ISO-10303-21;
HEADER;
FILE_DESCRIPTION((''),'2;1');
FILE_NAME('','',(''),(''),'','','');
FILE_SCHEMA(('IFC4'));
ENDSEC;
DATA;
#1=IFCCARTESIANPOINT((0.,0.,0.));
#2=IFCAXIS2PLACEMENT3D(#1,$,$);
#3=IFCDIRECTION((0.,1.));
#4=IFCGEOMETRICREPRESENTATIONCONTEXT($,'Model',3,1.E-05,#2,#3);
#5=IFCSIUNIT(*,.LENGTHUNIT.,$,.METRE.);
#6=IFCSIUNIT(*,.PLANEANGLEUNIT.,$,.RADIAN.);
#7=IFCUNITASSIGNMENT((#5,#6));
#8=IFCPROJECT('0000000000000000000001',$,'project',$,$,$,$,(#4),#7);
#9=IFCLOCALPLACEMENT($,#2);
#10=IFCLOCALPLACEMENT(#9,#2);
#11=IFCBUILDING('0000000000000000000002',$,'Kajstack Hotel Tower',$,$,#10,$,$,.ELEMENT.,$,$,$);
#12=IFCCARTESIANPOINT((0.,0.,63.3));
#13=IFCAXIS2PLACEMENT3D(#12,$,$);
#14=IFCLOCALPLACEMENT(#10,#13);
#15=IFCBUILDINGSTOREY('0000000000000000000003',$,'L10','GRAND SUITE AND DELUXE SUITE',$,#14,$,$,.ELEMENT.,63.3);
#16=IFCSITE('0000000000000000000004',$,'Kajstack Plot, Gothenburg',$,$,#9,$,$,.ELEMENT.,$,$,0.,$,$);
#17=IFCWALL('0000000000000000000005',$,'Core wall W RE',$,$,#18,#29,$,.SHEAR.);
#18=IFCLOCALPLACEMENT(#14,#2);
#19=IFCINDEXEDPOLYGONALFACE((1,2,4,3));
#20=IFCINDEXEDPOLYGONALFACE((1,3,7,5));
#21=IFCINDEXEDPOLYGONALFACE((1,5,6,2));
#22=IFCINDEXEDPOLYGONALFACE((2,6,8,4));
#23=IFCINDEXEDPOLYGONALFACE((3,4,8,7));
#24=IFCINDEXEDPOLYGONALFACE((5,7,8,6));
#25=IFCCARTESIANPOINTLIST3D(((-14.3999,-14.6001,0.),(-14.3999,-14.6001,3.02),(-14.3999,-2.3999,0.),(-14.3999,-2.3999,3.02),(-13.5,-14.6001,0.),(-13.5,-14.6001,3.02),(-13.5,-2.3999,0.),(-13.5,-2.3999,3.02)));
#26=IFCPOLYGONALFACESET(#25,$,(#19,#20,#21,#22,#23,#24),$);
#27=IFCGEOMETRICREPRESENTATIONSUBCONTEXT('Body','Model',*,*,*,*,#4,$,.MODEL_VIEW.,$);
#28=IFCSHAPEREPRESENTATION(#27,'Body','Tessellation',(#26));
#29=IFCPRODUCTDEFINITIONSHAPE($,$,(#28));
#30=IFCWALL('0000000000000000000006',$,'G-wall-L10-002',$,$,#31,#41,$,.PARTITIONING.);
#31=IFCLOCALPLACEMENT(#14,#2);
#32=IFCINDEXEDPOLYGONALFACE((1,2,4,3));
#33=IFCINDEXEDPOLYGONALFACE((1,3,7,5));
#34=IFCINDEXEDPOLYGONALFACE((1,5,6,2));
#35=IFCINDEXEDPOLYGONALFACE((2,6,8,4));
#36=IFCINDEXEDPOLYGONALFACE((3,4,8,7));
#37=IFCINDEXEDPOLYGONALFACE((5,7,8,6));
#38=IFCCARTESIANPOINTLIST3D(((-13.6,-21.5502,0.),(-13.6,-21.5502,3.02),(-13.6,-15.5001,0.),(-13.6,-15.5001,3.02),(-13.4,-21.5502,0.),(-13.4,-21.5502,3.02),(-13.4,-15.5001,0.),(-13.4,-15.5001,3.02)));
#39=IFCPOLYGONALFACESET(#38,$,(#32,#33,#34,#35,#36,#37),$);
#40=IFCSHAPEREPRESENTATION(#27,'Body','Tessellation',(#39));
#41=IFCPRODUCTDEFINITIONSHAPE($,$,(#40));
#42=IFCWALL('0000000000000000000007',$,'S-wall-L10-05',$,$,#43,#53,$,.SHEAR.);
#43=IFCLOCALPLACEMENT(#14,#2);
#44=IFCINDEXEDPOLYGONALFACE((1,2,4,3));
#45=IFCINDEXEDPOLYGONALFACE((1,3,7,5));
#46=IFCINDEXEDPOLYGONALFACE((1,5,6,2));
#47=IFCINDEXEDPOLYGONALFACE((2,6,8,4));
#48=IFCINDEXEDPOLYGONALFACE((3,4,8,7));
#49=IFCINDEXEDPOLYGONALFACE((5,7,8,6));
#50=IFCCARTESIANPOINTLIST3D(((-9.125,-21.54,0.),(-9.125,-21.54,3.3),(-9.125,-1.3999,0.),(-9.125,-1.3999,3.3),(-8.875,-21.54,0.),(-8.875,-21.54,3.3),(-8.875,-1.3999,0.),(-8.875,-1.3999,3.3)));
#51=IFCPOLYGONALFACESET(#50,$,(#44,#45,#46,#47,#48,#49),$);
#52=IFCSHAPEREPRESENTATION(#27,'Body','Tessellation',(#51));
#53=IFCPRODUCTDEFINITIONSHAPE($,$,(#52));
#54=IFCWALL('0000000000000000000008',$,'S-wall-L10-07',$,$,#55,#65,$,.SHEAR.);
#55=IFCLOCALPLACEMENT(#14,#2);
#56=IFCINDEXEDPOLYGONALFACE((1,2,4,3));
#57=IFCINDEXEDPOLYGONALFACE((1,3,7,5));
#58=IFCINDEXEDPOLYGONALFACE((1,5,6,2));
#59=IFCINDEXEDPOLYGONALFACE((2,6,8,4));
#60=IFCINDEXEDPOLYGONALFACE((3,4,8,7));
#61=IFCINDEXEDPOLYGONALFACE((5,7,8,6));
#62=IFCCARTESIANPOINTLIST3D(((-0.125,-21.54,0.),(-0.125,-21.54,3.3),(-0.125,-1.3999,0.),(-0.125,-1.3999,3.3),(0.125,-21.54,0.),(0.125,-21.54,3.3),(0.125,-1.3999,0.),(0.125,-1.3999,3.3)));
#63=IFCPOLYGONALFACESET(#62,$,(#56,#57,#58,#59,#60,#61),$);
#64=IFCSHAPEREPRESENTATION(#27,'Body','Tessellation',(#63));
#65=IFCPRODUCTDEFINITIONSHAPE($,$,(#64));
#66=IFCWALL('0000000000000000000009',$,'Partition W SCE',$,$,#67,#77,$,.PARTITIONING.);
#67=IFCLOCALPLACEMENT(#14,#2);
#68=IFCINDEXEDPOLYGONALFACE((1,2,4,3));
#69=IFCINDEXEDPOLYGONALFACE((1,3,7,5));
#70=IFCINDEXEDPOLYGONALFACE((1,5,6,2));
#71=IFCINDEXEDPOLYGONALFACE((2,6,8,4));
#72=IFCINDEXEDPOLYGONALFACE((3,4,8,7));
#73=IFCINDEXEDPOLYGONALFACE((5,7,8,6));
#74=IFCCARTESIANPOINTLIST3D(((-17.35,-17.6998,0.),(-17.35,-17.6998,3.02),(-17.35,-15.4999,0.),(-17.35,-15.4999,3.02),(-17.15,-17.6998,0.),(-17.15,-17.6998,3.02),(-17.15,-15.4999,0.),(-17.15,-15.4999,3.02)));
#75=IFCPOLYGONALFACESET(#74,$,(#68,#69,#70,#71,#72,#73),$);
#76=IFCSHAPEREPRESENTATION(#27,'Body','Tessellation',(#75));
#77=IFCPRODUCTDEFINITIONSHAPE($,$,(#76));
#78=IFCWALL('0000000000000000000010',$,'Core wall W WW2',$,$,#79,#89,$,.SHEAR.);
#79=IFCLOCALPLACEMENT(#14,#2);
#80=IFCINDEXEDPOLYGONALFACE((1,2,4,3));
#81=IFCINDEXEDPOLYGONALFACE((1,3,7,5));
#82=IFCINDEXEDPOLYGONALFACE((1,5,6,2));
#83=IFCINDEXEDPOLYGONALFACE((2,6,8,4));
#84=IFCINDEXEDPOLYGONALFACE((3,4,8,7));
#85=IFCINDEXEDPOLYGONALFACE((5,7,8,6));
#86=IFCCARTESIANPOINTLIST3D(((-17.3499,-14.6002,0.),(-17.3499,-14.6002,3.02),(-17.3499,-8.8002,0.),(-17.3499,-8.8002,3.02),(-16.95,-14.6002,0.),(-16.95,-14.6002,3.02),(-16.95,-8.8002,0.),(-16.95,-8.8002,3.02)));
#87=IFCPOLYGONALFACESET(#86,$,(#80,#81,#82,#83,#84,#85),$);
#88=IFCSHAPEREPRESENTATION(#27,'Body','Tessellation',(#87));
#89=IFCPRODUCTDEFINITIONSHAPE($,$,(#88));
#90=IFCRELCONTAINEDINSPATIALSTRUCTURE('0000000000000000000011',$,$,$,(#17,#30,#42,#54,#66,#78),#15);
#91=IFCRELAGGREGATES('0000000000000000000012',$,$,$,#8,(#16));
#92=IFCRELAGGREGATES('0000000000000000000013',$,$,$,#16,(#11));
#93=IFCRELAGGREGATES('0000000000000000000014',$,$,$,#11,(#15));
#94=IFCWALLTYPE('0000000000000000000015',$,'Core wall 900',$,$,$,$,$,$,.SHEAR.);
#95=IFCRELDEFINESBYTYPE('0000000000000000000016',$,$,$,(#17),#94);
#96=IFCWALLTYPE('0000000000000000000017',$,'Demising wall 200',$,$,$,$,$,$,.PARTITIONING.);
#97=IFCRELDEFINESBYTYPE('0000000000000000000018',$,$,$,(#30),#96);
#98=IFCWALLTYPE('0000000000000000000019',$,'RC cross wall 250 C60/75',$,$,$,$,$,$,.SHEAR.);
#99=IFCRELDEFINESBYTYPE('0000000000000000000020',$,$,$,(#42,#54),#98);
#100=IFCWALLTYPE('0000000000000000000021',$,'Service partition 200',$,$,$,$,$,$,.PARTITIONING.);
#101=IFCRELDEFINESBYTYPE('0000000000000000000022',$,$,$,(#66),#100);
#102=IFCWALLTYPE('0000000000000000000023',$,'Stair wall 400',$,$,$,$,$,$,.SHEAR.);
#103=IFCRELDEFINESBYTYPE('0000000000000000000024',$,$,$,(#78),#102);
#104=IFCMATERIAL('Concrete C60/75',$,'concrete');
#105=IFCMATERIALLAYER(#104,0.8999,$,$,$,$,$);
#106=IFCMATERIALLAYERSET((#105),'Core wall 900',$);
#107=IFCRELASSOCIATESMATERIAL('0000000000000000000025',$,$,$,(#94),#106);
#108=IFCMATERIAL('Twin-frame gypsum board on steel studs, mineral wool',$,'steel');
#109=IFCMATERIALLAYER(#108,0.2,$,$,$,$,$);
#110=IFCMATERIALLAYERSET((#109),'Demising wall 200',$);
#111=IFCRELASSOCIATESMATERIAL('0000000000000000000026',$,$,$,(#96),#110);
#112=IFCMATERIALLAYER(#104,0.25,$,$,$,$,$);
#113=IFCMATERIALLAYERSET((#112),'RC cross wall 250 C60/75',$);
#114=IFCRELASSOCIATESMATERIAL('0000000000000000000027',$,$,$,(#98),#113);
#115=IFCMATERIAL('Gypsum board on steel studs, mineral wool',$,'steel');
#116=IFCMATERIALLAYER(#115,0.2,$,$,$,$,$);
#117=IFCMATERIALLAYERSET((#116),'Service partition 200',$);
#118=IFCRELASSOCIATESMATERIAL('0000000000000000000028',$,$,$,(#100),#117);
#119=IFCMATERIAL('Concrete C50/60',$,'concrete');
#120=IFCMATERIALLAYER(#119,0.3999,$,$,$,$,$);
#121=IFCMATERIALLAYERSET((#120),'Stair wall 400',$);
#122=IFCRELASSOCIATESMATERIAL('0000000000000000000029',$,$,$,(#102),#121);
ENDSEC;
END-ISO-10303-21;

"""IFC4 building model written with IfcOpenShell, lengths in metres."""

from ifc_helpers import new_model, si_unit, direction, frame, frame_2d, origin, place, context, subcontext, project, spatial, rectangle, extrude, material, layer, layer_set, type_object, element, save


model = new_model("IFC4")

# Units and contexts
model_context = context("Model", 3, precision=1e-05, world=origin(), true_north=direction((0.0, 1.0)))
body_context = subcontext(model_context, "Body", "Model", "MODEL_VIEW")
ifc_project = project(units=[si_unit("LENGTHUNIT", "METRE"), si_unit("PLANEANGLEUNIT", "RADIAN")], contexts=[model_context])

# Site, building, storey
site_placement = place(None, origin())
site = spatial("IfcSite", under=ifc_project, at=site_placement, Name="Kajstack Plot, Gothenburg", CompositionType="ELEMENT", RefElevation=0.0)
building_placement = place(site_placement, origin())
building = spatial("IfcBuilding", under=site, at=building_placement, Name="Kajstack Hotel Tower", CompositionType="ELEMENT")
storey_placement = place(building_placement, frame((0.0, 0.0, 63.3)))
storey = spatial("IfcBuildingStorey", under=building, at=storey_placement, Name="L10", Description="GRAND SUITE AND DELUXE SUITE", CompositionType="ELEMENT", Elevation=63.3)

# Walls
ifc_material_1 = material(Name="Concrete C60/75", Category="concrete")
ifc_layer_1 = layer(ifc_material_1, 0.8999)
ifc_layer_set_1 = layer_set([ifc_layer_1], Name="Core wall 900")
wall_type_1 = type_object("IfcWallType", Name="Core wall 900", PredefinedType="SHEAR", material=ifc_layer_set_1)
wall_1_placement = place(storey_placement, frame((-13.95, -14.6001, 0.0), z_axis=(0.0, 0.0, 1.0), x_axis=(0.0, 1.0, 0.0)))
element("IfcWall", 1, at=wall_1_placement, inside=storey, type_object=wall_type_1, Name="Core wall W RE", PredefinedType="SHEAR", context=body_context, shape_type="SweptSolid", body=[
    extrude(rectangle(XDim=12.2002, YDim=0.8999, at=frame_2d((6.1001, 0.0))), origin(), (0.0, 0.0, 1.0), 3.02),
])
ifc_material_2 = material(Name="Twin-frame gypsum board on steel studs, mineral wool", Category="steel")
ifc_layer_2 = layer(ifc_material_2, 0.2)
ifc_layer_set_2 = layer_set([ifc_layer_2], Name="Demising wall 200")
wall_type_2 = type_object("IfcWallType", Name="Demising wall 200", PredefinedType="PARTITIONING", material=ifc_layer_set_2)
wall_2_placement = place(storey_placement, frame((-13.5, -21.55, 0.0), z_axis=(0.0, 0.0, 1.0), x_axis=(0.0, 1.0, 0.0)))
element("IfcWall", 2, at=wall_2_placement, inside=storey, type_object=wall_type_2, Name="G-wall-L10-002", PredefinedType="PARTITIONING", context=body_context, shape_type="SweptSolid", body=[
    extrude(rectangle(XDim=6.05, YDim=0.2, at=frame_2d((3.0249, 0.0))), origin(), (0.0, 0.0, 1.0), 3.02),
])

# Walls
ifc_layer_3 = layer(ifc_material_1, 0.25)
ifc_layer_set_3 = layer_set([ifc_layer_3], Name="RC cross wall 250 C60/75")
wall_type_3 = type_object("IfcWallType", Name="RC cross wall 250 C60/75", PredefinedType="SHEAR", material=ifc_layer_set_3)
for number, where, z_axis, x_axis, name in (
    (3, (-9.0, -21.54, 0.0), (0.0, 0.0, 1.0), (0.0, 1.0, 0.0), "S-wall-L10-05"),
    (4, (0.0, -21.54, 0.0), (0.0, 0.0, 1.0), (0.0, 1.0, 0.0), "S-wall-L10-07"),
):
    element("IfcWall", number, at=place(storey_placement, frame(where, z_axis=z_axis, x_axis=x_axis)), inside=storey, type_object=wall_type_3, Name=name, PredefinedType="SHEAR", context=body_context, shape_type="SweptSolid", body=[
        extrude(rectangle(XDim=20.1401, YDim=0.25, at=frame_2d((10.0701, 0.0))), origin(), (0.0, 0.0, 1.0), 3.3),
    ])
ifc_material_3 = material(Name="Gypsum board on steel studs, mineral wool", Category="steel")
ifc_layer_4 = layer(ifc_material_3, 0.2)
ifc_layer_set_4 = layer_set([ifc_layer_4], Name="Service partition 200")
wall_type_4 = type_object("IfcWallType", Name="Service partition 200", PredefinedType="PARTITIONING", material=ifc_layer_set_4)
wall_3_placement = place(storey_placement, frame((-17.25, -17.7, 0.0), z_axis=(0.0, 0.0, 1.0), x_axis=(0.0, 1.0, 0.0)))
element("IfcWall", 5, at=wall_3_placement, inside=storey, type_object=wall_type_4, Name="Partition W SCE", PredefinedType="PARTITIONING", context=body_context, shape_type="SweptSolid", body=[
    extrude(rectangle(XDim=2.2, YDim=0.2, at=frame_2d((1.1001, 0.0))), origin(), (0.0, 0.0, 1.0), 3.02),
])
ifc_material_4 = material(Name="Concrete C50/60", Category="concrete")
ifc_layer_5 = layer(ifc_material_4, 0.3999)
ifc_layer_set_5 = layer_set([ifc_layer_5], Name="Stair wall 400")
wall_type_5 = type_object("IfcWallType", Name="Stair wall 400", PredefinedType="SHEAR", material=ifc_layer_set_5)
wall_4_placement = place(storey_placement, frame((-17.1499, -14.6001, 0.0), z_axis=(0.0, 0.0, 1.0), x_axis=(0.0, 1.0, 0.0)))
element("IfcWall", 6, at=wall_4_placement, inside=storey, type_object=wall_type_5, Name="Core wall W WW2", PredefinedType="SHEAR", context=body_context, shape_type="SweptSolid", body=[
    extrude(rectangle(XDim=5.8, YDim=0.3999, at=frame_2d((2.8999, 0.0))), origin(), (0.0, 0.0, 1.0), 3.02),
])

save(model, "model.ifc")
